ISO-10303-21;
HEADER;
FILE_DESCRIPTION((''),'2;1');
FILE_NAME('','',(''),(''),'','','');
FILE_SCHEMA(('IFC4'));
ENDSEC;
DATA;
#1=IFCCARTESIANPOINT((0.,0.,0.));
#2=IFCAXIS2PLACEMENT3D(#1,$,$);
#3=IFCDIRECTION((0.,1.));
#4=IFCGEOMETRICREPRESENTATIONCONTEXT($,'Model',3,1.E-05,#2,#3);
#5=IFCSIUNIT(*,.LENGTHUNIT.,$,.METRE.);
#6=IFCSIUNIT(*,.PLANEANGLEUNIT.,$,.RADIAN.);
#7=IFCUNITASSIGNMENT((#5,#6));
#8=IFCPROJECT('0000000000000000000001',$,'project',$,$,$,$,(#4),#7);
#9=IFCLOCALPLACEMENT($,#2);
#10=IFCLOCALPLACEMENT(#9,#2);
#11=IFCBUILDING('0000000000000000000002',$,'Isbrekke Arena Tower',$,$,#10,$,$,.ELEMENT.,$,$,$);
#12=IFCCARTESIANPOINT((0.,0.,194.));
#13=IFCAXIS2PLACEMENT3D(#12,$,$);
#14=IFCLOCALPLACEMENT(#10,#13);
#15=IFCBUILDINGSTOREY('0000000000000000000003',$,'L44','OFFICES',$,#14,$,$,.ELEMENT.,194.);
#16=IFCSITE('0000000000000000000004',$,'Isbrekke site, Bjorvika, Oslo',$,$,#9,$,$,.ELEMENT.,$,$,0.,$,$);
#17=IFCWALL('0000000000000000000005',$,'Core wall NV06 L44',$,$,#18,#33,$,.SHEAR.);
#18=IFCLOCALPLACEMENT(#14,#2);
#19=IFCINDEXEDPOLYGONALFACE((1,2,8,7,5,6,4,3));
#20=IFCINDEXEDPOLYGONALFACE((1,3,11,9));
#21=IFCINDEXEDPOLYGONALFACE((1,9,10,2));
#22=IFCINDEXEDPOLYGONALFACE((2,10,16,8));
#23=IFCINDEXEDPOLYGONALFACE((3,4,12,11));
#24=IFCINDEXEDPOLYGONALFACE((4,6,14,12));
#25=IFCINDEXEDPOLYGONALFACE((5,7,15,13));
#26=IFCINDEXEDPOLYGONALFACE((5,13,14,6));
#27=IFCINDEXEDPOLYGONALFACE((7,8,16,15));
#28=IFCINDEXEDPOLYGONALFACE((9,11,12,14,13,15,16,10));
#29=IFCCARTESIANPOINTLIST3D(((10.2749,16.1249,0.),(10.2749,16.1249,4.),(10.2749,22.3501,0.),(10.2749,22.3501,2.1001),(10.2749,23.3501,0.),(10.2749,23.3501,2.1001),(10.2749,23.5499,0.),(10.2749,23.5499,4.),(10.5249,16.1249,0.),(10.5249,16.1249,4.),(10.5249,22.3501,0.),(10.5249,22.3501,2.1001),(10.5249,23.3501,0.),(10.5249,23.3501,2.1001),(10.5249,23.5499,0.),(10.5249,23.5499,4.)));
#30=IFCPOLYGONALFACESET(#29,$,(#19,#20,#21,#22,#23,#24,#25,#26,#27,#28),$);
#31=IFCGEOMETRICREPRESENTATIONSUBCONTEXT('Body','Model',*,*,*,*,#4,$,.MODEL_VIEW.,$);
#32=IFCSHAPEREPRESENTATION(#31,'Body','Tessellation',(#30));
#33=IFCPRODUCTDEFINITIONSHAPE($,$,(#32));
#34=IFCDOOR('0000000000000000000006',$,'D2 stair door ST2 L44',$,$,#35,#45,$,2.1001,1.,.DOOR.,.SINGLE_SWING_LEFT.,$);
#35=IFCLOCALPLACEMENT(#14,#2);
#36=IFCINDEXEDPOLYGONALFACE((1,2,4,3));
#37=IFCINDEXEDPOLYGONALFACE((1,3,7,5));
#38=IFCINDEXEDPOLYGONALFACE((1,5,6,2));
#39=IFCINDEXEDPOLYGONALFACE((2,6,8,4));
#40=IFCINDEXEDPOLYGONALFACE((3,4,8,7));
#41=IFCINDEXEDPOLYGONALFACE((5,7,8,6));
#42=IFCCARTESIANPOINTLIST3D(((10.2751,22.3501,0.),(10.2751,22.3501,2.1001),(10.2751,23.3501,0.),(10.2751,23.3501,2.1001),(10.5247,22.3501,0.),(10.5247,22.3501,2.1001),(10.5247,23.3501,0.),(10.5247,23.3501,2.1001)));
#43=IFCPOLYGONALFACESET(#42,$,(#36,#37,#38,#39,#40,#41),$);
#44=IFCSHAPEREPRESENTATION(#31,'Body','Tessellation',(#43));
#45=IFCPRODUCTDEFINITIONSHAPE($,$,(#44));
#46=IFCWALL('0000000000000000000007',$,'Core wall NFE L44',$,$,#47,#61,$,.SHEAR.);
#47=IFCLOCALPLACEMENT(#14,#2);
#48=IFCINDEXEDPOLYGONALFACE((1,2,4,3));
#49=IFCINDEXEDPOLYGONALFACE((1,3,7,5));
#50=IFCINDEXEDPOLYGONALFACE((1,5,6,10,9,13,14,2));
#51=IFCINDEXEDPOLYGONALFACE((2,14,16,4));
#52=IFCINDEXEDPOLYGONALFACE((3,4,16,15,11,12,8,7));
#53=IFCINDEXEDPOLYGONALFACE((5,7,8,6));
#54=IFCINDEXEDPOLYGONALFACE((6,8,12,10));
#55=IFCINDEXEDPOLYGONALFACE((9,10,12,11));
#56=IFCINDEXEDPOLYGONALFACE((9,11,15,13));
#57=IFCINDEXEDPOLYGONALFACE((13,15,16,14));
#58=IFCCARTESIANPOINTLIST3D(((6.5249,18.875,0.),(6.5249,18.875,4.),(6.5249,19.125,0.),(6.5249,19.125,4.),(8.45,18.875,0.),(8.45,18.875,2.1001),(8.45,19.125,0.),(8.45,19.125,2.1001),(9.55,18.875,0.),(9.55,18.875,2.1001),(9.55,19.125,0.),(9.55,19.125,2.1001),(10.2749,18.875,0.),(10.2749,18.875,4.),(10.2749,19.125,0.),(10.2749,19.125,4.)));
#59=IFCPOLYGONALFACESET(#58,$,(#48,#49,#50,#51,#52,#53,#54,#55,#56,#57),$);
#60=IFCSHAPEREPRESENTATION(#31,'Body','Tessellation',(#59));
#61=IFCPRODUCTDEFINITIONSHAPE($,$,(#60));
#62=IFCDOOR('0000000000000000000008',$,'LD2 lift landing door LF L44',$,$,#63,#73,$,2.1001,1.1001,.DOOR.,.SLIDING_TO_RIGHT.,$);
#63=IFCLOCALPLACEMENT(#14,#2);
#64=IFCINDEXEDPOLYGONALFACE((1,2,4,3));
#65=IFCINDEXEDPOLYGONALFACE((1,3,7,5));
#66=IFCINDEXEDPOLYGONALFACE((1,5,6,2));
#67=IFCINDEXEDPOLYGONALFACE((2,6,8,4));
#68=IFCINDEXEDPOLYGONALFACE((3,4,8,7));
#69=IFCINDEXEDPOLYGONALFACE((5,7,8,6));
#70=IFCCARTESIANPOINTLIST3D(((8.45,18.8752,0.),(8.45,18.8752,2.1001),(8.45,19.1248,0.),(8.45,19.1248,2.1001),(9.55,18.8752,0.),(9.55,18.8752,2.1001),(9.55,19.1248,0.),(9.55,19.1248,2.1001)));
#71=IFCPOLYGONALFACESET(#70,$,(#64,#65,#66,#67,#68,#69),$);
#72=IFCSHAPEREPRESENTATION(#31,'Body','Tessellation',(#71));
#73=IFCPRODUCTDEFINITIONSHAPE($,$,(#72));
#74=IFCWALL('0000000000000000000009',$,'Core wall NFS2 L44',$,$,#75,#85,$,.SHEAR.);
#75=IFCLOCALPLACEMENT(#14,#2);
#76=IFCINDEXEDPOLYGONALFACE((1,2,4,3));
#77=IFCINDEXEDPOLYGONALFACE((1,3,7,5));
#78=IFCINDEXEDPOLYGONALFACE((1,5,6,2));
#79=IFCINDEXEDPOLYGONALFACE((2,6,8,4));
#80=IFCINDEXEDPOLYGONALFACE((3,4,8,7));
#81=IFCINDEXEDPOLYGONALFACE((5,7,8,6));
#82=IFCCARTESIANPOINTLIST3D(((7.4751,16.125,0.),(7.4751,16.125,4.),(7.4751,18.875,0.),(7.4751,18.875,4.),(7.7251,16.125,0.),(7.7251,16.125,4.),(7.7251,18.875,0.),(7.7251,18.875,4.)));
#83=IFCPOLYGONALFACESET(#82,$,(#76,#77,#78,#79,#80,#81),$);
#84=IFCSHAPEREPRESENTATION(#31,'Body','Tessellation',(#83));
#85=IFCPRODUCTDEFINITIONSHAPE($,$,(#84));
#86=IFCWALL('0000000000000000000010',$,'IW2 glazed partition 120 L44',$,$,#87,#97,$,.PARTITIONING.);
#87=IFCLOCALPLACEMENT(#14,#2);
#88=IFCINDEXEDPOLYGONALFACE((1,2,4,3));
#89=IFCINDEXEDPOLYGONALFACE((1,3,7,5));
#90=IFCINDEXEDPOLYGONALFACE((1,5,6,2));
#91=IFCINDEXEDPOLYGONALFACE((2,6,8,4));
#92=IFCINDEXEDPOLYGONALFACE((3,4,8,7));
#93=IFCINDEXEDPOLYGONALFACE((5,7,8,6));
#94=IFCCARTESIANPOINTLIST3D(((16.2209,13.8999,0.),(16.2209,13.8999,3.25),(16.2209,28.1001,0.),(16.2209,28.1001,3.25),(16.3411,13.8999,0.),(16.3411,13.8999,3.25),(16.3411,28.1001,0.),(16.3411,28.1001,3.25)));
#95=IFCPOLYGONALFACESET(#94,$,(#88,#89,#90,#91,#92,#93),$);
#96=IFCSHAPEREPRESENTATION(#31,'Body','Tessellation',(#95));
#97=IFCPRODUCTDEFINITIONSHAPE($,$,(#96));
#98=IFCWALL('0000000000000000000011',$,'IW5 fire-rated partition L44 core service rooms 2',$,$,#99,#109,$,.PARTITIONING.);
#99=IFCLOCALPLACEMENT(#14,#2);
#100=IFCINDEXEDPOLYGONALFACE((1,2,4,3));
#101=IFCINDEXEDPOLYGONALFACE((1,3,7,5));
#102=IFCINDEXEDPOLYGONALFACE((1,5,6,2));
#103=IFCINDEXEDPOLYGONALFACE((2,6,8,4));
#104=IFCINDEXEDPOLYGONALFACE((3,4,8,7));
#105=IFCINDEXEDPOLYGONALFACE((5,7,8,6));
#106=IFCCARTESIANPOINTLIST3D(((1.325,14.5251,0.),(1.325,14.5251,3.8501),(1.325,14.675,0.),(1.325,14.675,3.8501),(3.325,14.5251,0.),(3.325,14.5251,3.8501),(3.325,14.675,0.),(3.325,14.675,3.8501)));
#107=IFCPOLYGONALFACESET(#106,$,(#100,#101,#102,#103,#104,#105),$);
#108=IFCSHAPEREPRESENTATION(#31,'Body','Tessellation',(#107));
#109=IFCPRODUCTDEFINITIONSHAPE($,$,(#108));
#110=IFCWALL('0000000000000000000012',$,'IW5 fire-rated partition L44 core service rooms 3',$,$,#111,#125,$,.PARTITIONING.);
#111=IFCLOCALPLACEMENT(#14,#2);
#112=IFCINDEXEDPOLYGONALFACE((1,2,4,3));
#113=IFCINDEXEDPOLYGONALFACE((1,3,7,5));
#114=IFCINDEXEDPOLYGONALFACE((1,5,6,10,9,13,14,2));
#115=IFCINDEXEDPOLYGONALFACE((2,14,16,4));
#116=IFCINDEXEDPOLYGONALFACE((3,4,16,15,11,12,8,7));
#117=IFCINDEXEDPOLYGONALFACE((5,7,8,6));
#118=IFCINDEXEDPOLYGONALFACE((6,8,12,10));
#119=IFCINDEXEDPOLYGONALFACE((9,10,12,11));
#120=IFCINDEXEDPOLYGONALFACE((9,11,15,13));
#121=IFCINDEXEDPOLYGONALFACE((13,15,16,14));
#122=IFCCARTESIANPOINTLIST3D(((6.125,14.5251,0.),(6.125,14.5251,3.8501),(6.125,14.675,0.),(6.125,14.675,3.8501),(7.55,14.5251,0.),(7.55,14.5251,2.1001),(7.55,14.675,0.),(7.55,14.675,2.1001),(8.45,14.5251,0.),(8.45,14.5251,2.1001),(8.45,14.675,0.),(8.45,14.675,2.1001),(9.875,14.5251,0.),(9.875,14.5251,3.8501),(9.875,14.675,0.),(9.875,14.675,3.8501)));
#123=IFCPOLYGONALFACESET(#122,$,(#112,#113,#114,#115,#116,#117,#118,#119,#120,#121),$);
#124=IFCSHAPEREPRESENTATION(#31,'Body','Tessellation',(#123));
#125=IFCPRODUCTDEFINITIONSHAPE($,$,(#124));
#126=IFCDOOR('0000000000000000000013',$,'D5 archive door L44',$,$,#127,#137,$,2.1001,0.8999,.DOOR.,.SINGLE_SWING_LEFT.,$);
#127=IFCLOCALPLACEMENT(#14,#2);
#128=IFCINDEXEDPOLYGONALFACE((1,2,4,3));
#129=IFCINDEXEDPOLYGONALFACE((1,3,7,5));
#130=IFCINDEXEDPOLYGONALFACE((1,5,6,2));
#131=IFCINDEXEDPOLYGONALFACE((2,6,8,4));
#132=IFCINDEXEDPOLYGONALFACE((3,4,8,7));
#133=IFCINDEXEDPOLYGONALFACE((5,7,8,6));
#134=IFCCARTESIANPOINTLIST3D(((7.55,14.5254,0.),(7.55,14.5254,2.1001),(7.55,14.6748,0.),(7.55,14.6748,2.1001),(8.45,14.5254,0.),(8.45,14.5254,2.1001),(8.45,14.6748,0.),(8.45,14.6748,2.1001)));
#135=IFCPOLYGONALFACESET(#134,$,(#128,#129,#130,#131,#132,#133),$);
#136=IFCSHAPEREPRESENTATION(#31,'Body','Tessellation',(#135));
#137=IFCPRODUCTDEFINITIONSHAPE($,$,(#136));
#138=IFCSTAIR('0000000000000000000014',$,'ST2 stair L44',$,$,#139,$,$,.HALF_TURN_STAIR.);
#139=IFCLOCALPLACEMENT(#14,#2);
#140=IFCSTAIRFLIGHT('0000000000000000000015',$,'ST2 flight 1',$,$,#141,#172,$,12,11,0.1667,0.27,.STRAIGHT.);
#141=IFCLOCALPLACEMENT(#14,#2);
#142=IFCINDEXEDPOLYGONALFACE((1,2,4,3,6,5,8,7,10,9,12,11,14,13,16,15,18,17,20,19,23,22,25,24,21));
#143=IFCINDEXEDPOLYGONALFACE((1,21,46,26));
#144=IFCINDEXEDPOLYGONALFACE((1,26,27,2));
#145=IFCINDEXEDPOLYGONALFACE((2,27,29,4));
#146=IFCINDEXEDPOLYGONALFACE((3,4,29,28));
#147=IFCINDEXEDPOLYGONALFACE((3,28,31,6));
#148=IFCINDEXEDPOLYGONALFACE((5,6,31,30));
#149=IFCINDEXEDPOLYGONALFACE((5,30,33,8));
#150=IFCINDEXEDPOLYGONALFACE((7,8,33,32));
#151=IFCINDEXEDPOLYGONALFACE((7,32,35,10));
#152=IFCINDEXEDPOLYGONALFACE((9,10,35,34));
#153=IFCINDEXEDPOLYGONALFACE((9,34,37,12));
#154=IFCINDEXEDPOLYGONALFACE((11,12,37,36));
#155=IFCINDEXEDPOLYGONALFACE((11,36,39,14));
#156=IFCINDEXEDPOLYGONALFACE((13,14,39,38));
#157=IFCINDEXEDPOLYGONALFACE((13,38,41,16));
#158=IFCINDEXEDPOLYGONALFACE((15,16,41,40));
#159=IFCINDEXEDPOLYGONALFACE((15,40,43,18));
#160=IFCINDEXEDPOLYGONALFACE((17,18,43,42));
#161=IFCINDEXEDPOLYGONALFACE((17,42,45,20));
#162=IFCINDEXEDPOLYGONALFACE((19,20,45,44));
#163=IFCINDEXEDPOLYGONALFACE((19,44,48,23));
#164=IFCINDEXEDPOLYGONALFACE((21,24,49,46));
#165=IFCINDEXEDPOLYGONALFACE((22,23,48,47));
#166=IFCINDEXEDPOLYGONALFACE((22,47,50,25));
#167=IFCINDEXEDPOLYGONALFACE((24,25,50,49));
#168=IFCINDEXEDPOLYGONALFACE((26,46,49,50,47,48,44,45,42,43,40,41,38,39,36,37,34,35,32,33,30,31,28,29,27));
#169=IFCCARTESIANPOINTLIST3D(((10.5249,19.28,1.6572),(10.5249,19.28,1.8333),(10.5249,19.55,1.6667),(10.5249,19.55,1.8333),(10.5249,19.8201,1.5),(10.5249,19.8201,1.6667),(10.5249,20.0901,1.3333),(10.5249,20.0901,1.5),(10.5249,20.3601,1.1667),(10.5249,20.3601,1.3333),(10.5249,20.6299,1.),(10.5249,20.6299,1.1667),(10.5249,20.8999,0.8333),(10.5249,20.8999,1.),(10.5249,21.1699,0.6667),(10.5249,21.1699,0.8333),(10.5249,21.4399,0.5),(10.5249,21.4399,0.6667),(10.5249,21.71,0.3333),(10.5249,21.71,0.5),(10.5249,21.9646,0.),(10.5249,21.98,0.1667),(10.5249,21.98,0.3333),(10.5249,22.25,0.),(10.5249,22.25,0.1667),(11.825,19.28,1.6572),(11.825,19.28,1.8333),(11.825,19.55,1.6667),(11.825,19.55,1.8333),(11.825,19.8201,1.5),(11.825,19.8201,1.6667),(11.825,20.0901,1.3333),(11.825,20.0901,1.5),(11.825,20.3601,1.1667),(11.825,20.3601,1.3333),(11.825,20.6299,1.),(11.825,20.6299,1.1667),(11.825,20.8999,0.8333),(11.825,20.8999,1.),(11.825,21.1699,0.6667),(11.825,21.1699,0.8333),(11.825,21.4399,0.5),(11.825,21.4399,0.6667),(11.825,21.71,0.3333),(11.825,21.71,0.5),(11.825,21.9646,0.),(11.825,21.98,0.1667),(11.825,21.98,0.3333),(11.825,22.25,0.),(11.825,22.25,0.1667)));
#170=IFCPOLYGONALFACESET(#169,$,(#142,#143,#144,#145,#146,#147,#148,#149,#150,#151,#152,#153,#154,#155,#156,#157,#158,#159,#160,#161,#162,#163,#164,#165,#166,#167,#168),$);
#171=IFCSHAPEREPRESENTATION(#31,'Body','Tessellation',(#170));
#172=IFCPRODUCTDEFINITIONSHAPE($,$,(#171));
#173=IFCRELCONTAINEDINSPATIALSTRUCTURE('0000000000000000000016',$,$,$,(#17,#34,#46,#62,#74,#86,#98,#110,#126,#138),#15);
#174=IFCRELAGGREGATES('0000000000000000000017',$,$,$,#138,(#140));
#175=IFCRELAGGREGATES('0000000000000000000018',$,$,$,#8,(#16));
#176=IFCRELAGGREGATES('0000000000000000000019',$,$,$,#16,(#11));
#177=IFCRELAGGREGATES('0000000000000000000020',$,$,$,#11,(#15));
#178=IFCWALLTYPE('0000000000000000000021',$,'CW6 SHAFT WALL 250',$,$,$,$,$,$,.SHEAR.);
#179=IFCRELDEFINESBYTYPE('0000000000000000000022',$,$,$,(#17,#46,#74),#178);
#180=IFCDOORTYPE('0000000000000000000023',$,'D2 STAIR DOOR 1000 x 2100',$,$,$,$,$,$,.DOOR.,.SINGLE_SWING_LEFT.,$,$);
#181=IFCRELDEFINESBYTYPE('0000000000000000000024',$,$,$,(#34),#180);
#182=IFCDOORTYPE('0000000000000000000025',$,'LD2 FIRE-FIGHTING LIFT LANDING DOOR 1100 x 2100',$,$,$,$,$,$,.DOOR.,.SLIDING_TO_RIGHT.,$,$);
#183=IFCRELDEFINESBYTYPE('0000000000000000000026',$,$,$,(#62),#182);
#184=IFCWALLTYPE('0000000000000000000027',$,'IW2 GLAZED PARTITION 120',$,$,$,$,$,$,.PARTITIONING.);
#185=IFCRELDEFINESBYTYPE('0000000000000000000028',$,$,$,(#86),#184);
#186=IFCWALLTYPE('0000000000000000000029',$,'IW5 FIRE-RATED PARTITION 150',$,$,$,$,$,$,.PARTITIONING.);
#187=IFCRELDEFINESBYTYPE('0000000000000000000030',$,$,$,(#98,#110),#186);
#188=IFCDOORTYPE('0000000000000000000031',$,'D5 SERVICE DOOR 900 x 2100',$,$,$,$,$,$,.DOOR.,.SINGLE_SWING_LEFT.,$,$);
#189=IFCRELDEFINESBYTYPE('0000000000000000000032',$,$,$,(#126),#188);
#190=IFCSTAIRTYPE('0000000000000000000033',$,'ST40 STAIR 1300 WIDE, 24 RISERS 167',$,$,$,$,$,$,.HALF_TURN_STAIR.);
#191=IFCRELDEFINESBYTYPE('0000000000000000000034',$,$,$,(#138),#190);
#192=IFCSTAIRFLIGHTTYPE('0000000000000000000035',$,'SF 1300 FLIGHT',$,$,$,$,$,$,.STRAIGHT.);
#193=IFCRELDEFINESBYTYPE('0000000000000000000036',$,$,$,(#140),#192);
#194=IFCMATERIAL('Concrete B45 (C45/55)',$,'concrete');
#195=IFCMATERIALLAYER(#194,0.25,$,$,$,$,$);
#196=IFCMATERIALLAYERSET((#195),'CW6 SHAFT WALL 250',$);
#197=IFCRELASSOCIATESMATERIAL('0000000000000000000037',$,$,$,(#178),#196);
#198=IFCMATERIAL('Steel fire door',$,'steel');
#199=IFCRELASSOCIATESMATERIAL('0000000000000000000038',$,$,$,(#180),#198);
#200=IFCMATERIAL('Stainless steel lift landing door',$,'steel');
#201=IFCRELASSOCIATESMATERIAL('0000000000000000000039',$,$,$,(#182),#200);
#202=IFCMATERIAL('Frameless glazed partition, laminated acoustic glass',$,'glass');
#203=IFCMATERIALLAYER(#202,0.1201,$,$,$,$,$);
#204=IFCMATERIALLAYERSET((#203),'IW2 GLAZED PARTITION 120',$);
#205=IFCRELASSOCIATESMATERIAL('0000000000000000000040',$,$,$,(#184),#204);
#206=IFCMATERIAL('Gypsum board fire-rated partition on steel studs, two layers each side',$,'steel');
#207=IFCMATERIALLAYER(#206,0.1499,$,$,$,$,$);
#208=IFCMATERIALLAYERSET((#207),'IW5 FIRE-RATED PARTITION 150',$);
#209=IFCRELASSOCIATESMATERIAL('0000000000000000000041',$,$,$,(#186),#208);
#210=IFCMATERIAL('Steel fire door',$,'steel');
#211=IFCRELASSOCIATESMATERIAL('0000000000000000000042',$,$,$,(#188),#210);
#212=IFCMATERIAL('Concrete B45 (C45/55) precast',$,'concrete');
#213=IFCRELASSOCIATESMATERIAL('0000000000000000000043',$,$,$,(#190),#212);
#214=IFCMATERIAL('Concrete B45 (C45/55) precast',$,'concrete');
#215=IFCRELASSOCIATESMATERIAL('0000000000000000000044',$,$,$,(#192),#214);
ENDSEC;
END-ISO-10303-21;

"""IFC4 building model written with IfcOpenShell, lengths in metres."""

from ifc_helpers import new_model, si_unit, direction, frame, frame_2d, origin, place, context, subcontext, project, spatial, polyline, rectangle, outline, extrude, material, layer, layer_set, type_object, element, fill, aggregate, save


model = new_model("IFC4")

# Units and contexts
model_context = context("Model", 3, precision=1e-05, world=origin(), true_north=direction((0.0, 1.0)))
body_context = subcontext(model_context, "Body", "Model", "MODEL_VIEW")
ifc_project = project(units=[si_unit("LENGTHUNIT", "METRE"), si_unit("PLANEANGLEUNIT", "RADIAN")], contexts=[model_context])

# Site, building, storey
site_placement = place(None, origin())
site = spatial("IfcSite", under=ifc_project, at=site_placement, Name="Isbrekke site, Bjorvika, Oslo", CompositionType="ELEMENT", RefElevation=0.0)
building_placement = place(site_placement, origin())
building = spatial("IfcBuilding", under=site, at=building_placement, Name="Isbrekke Arena Tower", CompositionType="ELEMENT")
storey_placement = place(building_placement, frame((0.0, 0.0, 194.0)))
storey = spatial("IfcBuildingStorey", under=building, at=storey_placement, Name="L44", Description="OFFICES", CompositionType="ELEMENT", Elevation=194.0)

# Shared definitions
ifc_material_1 = material(Name="Concrete B45 (C45/55)", Category="concrete")
ifc_layer_1 = layer(ifc_material_1, 0.25)
ifc_layer_set_1 = layer_set([ifc_layer_1], Name="CW6 SHAFT WALL 250")
wall_type_1 = type_object("IfcWallType", Name="CW6 SHAFT WALL 250", PredefinedType="SHEAR", material=ifc_layer_set_1)

# Walls, openings, doors
wall_1_placement = place(storey_placement, frame((10.3999, 16.125, 0.0), z_axis=(0.0, 0.0, 1.0), x_axis=(0.0, 1.0, 0.0)))
wall_1 = element("IfcWall", 1, at=wall_1_placement, inside=storey, type_object=wall_type_1, Name="Core wall NV06 L44", PredefinedType="SHEAR", context=body_context, shape_type="SweptSolid", body=[
    extrude(rectangle(XDim=7.425, YDim=0.25, at=frame_2d((3.7124, 0.0))), origin(), (0.0, 0.0, 1.0), 4.0),
])
opening_1_placement = place(wall_1_placement, frame((6.2251, 0.0, 0.0)))
opening_1 = element("IfcOpeningElement", 2, at=opening_1_placement, cuts=wall_1, PredefinedType="OPENING", context=body_context, shape_type="SweptSolid", body=[
    extrude(rectangle(XDim=1.0, YDim=2.1001, at=frame_2d((0.5, 1.05))), frame((0.0, 0.1399, 0.0), z_axis=(0.0, -1.0, 0.0), x_axis=(1.0, 0.0, 0.0)), (0.0, 0.0, 1.0), 0.2798),
])
ifc_material_2 = material(Name="Steel fire door", Category="steel")
door_type_1 = type_object("IfcDoorType", Name="D2 STAIR DOOR 1000 x 2100", OperationType="SINGLE_SWING_LEFT", PredefinedType="DOOR", material=ifc_material_2)
door_1_placement = place(opening_1_placement, origin())
door_1 = element("IfcDoor", 3, at=door_1_placement, inside=storey, type_object=door_type_1, Name="D2 stair door ST2 L44", OperationType="SINGLE_SWING_LEFT", OverallHeight=2.1001, OverallWidth=1.0, PredefinedType="DOOR", context=body_context, shape_type="SweptSolid", body=[
    extrude(rectangle(XDim=1.0, YDim=2.1001, at=frame_2d((0.5, 1.05))), frame((0.0, 0.1248, 0.0), z_axis=(0.0, -1.0, 0.0), x_axis=(1.0, 0.0, 0.0)), (0.0, 0.0, 1.0), 0.2495),
])
fill(opening_1, door_1)
wall_2_placement = place(storey_placement, frame((6.5249, 19.0, 0.0), z_axis=(0.0, 0.0, 1.0), x_axis=(1.0, 0.0, 0.0)))
wall_2 = element("IfcWall", 4, at=wall_2_placement, inside=storey, type_object=wall_type_1, Name="Core wall NFE L44", PredefinedType="SHEAR", context=body_context, shape_type="SweptSolid", body=[
    extrude(rectangle(XDim=3.75, YDim=0.25, at=frame_2d((1.875, 0.0))), origin(), (0.0, 0.0, 1.0), 4.0),
])
opening_2_placement = place(wall_2_placement, frame((1.925, 0.0, 0.0)))
opening_2 = element("IfcOpeningElement", 5, at=opening_2_placement, cuts=wall_2, PredefinedType="OPENING", context=body_context, shape_type="SweptSolid", body=[
    extrude(rectangle(XDim=1.1001, YDim=2.1001, at=frame_2d((0.55, 1.05))), frame((0.0, 0.1399, 0.0), z_axis=(0.0, -1.0, 0.0), x_axis=(1.0, 0.0, 0.0)), (0.0, 0.0, 1.0), 0.2798),
])
ifc_material_3 = material(Name="Stainless steel lift landing door", Category="steel")
door_type_2 = type_object("IfcDoorType", Name="LD2 FIRE-FIGHTING LIFT LANDING DOOR 1100 x 2100", OperationType="SLIDING_TO_RIGHT", PredefinedType="DOOR", material=ifc_material_3)
door_2_placement = place(opening_2_placement, origin())
door_2 = element("IfcDoor", 6, at=door_2_placement, inside=storey, type_object=door_type_2, Name="LD2 lift landing door LF L44", OperationType="SLIDING_TO_RIGHT", OverallHeight=2.1001, OverallWidth=1.1001, PredefinedType="DOOR", context=body_context, shape_type="SweptSolid", body=[
    extrude(rectangle(XDim=1.1001, YDim=2.1001, at=frame_2d((0.55, 1.05))), frame((0.0, 0.1248, 0.0), z_axis=(0.0, -1.0, 0.0), x_axis=(1.0, 0.0, 0.0)), (0.0, 0.0, 1.0), 0.2495),
])
fill(opening_2, door_2)

# Walls
wall_3_placement = place(storey_placement, frame((7.6001, 16.125, 0.0), z_axis=(0.0, 0.0, 1.0), x_axis=(0.0, 1.0, 0.0)))
element("IfcWall", 7, at=wall_3_placement, inside=storey, type_object=wall_type_1, Name="Core wall NFS2 L44", PredefinedType="SHEAR", context=body_context, shape_type="SweptSolid", body=[
    extrude(rectangle(XDim=2.75, YDim=0.25, at=frame_2d((1.375, 0.0))), origin(), (0.0, 0.0, 1.0), 4.0),
])
ifc_material_4 = material(Name="Frameless glazed partition, laminated acoustic glass", Category="glass")
ifc_layer_2 = layer(ifc_material_4, 0.1201)
ifc_layer_set_2 = layer_set([ifc_layer_2], Name="IW2 GLAZED PARTITION 120")
wall_type_2 = type_object("IfcWallType", Name="IW2 GLAZED PARTITION 120", PredefinedType="PARTITIONING", material=ifc_layer_set_2)
wall_4_placement = place(storey_placement, frame((16.281, 13.8999, 0.0), z_axis=(0.0, 0.0, 1.0), x_axis=(0.0, 1.0, 0.0)))
element("IfcWall", 8, at=wall_4_placement, inside=storey, type_object=wall_type_2, Name="IW2 glazed partition 120 L44", PredefinedType="PARTITIONING", context=body_context, shape_type="SweptSolid", body=[
    extrude(rectangle(XDim=14.2002, YDim=0.1201, at=frame_2d((7.1001, 0.0))), origin(), (0.0, 0.0, 1.0), 3.25),
])
ifc_material_5 = material(Name="Gypsum board fire-rated partition on steel studs, two layers each side", Category="steel")
ifc_layer_3 = layer(ifc_material_5, 0.1499)
ifc_layer_set_3 = layer_set([ifc_layer_3], Name="IW5 FIRE-RATED PARTITION 150")
wall_type_3 = type_object("IfcWallType", Name="IW5 FIRE-RATED PARTITION 150", PredefinedType="PARTITIONING", material=ifc_layer_set_3)
wall_5_placement = place(storey_placement, frame((1.325, 14.6001, 0.0), z_axis=(0.0, 0.0, 1.0), x_axis=(1.0, 0.0, 0.0)))
element("IfcWall", 9, at=wall_5_placement, inside=storey, type_object=wall_type_3, Name="IW5 fire-rated partition L44 core service rooms 2", PredefinedType="PARTITIONING", context=body_context, shape_type="SweptSolid", body=[
    extrude(rectangle(XDim=2.0, YDim=0.1499, at=frame_2d((1.0, 0.0))), origin(), (0.0, 0.0, 1.0), 3.8501),
])

# Wall, opening, door
wall_6_placement = place(storey_placement, frame((6.125, 14.6001, 0.0), z_axis=(0.0, 0.0, 1.0), x_axis=(1.0, 0.0, 0.0)))
wall_6 = element("IfcWall", 10, at=wall_6_placement, inside=storey, type_object=wall_type_3, Name="IW5 fire-rated partition L44 core service rooms 3", PredefinedType="PARTITIONING", context=body_context, shape_type="SweptSolid", body=[
    extrude(rectangle(XDim=3.75, YDim=0.1499, at=frame_2d((1.875, 0.0))), origin(), (0.0, 0.0, 1.0), 3.8501),
])
opening_3_placement = place(wall_6_placement, frame((1.425, 0.0, 0.0)))
opening_3 = element("IfcOpeningElement", 11, at=opening_3_placement, cuts=wall_6, PredefinedType="OPENING", context=body_context, shape_type="SweptSolid", body=[
    extrude(rectangle(XDim=0.8999, YDim=2.1001, at=frame_2d((0.45, 1.05))), frame((0.0, 0.0898, 0.0), z_axis=(0.0, -1.0, 0.0), x_axis=(1.0, 0.0, 0.0)), (0.0, 0.0, 1.0), 0.1797),
])
ifc_material_6 = material(Name="Steel fire door", Category="steel")
door_type_3 = type_object("IfcDoorType", Name="D5 SERVICE DOOR 900 x 2100", OperationType="SINGLE_SWING_LEFT", PredefinedType="DOOR", material=ifc_material_6)
door_3_placement = place(opening_3_placement, origin())
door_3 = element("IfcDoor", 12, at=door_3_placement, inside=storey, type_object=door_type_3, Name="D5 archive door L44", OperationType="SINGLE_SWING_LEFT", OverallHeight=2.1001, OverallWidth=0.8999, PredefinedType="DOOR", context=body_context, shape_type="SweptSolid", body=[
    extrude(rectangle(XDim=0.8999, YDim=2.1001, at=frame_2d((0.45, 1.05))), frame((0.0, 0.0747, 0.0), z_axis=(0.0, -1.0, 0.0), x_axis=(1.0, 0.0, 0.0)), (0.0, 0.0, 1.0), 0.1494),
])
fill(opening_3, door_3)

# Stair, stair flight
ifc_material_7 = material(Name="Concrete B45 (C45/55) precast", Category="concrete")
stair_type = type_object("IfcStairType", Name="ST40 STAIR 1300 WIDE, 24 RISERS 167", PredefinedType="HALF_TURN_STAIR", material=ifc_material_7)
stair_placement = place(storey_placement, origin())
stair = element("IfcStair", 13, at=stair_placement, inside=storey, type_object=stair_type, Name="ST2 stair L44", PredefinedType="HALF_TURN_STAIR")
ifc_material_8 = material(Name="Concrete B45 (C45/55) precast", Category="concrete")
stair_flight_type = type_object("IfcStairFlightType", Name="SF 1300 FLIGHT", PredefinedType="STRAIGHT", material=ifc_material_8)
stair_flight_1_placement = place(storey_placement, frame((11.175, 22.25, 0.0), z_axis=(0.0, 0.0, 1.0), x_axis=(0.0, -1.0, 0.0)))
stair_flight_1 = element("IfcStairFlight", 14, at=stair_flight_1_placement, type_object=stair_flight_type, Name="ST2 flight 1", NumberOfRisers=12, NumberOfTreads=11, PredefinedType="STRAIGHT", RiserHeight=0.1667, TreadLength=0.27, context=body_context, shape_type="SweptSolid", body=[
    extrude(outline(polyline([(0.0, 0.0), (0.0, 0.1667), (0.27, 0.1667), (0.27, 0.3333), (0.54, 0.3333), (0.54, 0.5), (0.8101, 0.5), (0.8101, 0.6667), (1.0801, 0.6667), (1.0801, 0.8333), (1.3501, 0.8333), (1.3501, 1.0), (1.6201, 1.0), (1.6201, 1.1667), (1.8899, 1.1667), (1.8899, 1.3333), (2.1599, 1.3333), (2.1599, 1.5), (2.4299, 1.5), (2.4299, 1.6667), (2.7, 1.6667), (2.7, 1.8333), (2.97, 1.8333), (2.97, 2.0), (2.97, 1.6572), (0.2854, 0.0), (0.0, 0.0)])), frame((0.0, 0.6499, 0.0), z_axis=(0.0, -1.0, 0.0), x_axis=(1.0, 0.0, 0.0)), (0.0, 0.0, 1.0), 1.3),
])
aggregate(stair, [stair_flight_1])

save(model, "model.ifc")
